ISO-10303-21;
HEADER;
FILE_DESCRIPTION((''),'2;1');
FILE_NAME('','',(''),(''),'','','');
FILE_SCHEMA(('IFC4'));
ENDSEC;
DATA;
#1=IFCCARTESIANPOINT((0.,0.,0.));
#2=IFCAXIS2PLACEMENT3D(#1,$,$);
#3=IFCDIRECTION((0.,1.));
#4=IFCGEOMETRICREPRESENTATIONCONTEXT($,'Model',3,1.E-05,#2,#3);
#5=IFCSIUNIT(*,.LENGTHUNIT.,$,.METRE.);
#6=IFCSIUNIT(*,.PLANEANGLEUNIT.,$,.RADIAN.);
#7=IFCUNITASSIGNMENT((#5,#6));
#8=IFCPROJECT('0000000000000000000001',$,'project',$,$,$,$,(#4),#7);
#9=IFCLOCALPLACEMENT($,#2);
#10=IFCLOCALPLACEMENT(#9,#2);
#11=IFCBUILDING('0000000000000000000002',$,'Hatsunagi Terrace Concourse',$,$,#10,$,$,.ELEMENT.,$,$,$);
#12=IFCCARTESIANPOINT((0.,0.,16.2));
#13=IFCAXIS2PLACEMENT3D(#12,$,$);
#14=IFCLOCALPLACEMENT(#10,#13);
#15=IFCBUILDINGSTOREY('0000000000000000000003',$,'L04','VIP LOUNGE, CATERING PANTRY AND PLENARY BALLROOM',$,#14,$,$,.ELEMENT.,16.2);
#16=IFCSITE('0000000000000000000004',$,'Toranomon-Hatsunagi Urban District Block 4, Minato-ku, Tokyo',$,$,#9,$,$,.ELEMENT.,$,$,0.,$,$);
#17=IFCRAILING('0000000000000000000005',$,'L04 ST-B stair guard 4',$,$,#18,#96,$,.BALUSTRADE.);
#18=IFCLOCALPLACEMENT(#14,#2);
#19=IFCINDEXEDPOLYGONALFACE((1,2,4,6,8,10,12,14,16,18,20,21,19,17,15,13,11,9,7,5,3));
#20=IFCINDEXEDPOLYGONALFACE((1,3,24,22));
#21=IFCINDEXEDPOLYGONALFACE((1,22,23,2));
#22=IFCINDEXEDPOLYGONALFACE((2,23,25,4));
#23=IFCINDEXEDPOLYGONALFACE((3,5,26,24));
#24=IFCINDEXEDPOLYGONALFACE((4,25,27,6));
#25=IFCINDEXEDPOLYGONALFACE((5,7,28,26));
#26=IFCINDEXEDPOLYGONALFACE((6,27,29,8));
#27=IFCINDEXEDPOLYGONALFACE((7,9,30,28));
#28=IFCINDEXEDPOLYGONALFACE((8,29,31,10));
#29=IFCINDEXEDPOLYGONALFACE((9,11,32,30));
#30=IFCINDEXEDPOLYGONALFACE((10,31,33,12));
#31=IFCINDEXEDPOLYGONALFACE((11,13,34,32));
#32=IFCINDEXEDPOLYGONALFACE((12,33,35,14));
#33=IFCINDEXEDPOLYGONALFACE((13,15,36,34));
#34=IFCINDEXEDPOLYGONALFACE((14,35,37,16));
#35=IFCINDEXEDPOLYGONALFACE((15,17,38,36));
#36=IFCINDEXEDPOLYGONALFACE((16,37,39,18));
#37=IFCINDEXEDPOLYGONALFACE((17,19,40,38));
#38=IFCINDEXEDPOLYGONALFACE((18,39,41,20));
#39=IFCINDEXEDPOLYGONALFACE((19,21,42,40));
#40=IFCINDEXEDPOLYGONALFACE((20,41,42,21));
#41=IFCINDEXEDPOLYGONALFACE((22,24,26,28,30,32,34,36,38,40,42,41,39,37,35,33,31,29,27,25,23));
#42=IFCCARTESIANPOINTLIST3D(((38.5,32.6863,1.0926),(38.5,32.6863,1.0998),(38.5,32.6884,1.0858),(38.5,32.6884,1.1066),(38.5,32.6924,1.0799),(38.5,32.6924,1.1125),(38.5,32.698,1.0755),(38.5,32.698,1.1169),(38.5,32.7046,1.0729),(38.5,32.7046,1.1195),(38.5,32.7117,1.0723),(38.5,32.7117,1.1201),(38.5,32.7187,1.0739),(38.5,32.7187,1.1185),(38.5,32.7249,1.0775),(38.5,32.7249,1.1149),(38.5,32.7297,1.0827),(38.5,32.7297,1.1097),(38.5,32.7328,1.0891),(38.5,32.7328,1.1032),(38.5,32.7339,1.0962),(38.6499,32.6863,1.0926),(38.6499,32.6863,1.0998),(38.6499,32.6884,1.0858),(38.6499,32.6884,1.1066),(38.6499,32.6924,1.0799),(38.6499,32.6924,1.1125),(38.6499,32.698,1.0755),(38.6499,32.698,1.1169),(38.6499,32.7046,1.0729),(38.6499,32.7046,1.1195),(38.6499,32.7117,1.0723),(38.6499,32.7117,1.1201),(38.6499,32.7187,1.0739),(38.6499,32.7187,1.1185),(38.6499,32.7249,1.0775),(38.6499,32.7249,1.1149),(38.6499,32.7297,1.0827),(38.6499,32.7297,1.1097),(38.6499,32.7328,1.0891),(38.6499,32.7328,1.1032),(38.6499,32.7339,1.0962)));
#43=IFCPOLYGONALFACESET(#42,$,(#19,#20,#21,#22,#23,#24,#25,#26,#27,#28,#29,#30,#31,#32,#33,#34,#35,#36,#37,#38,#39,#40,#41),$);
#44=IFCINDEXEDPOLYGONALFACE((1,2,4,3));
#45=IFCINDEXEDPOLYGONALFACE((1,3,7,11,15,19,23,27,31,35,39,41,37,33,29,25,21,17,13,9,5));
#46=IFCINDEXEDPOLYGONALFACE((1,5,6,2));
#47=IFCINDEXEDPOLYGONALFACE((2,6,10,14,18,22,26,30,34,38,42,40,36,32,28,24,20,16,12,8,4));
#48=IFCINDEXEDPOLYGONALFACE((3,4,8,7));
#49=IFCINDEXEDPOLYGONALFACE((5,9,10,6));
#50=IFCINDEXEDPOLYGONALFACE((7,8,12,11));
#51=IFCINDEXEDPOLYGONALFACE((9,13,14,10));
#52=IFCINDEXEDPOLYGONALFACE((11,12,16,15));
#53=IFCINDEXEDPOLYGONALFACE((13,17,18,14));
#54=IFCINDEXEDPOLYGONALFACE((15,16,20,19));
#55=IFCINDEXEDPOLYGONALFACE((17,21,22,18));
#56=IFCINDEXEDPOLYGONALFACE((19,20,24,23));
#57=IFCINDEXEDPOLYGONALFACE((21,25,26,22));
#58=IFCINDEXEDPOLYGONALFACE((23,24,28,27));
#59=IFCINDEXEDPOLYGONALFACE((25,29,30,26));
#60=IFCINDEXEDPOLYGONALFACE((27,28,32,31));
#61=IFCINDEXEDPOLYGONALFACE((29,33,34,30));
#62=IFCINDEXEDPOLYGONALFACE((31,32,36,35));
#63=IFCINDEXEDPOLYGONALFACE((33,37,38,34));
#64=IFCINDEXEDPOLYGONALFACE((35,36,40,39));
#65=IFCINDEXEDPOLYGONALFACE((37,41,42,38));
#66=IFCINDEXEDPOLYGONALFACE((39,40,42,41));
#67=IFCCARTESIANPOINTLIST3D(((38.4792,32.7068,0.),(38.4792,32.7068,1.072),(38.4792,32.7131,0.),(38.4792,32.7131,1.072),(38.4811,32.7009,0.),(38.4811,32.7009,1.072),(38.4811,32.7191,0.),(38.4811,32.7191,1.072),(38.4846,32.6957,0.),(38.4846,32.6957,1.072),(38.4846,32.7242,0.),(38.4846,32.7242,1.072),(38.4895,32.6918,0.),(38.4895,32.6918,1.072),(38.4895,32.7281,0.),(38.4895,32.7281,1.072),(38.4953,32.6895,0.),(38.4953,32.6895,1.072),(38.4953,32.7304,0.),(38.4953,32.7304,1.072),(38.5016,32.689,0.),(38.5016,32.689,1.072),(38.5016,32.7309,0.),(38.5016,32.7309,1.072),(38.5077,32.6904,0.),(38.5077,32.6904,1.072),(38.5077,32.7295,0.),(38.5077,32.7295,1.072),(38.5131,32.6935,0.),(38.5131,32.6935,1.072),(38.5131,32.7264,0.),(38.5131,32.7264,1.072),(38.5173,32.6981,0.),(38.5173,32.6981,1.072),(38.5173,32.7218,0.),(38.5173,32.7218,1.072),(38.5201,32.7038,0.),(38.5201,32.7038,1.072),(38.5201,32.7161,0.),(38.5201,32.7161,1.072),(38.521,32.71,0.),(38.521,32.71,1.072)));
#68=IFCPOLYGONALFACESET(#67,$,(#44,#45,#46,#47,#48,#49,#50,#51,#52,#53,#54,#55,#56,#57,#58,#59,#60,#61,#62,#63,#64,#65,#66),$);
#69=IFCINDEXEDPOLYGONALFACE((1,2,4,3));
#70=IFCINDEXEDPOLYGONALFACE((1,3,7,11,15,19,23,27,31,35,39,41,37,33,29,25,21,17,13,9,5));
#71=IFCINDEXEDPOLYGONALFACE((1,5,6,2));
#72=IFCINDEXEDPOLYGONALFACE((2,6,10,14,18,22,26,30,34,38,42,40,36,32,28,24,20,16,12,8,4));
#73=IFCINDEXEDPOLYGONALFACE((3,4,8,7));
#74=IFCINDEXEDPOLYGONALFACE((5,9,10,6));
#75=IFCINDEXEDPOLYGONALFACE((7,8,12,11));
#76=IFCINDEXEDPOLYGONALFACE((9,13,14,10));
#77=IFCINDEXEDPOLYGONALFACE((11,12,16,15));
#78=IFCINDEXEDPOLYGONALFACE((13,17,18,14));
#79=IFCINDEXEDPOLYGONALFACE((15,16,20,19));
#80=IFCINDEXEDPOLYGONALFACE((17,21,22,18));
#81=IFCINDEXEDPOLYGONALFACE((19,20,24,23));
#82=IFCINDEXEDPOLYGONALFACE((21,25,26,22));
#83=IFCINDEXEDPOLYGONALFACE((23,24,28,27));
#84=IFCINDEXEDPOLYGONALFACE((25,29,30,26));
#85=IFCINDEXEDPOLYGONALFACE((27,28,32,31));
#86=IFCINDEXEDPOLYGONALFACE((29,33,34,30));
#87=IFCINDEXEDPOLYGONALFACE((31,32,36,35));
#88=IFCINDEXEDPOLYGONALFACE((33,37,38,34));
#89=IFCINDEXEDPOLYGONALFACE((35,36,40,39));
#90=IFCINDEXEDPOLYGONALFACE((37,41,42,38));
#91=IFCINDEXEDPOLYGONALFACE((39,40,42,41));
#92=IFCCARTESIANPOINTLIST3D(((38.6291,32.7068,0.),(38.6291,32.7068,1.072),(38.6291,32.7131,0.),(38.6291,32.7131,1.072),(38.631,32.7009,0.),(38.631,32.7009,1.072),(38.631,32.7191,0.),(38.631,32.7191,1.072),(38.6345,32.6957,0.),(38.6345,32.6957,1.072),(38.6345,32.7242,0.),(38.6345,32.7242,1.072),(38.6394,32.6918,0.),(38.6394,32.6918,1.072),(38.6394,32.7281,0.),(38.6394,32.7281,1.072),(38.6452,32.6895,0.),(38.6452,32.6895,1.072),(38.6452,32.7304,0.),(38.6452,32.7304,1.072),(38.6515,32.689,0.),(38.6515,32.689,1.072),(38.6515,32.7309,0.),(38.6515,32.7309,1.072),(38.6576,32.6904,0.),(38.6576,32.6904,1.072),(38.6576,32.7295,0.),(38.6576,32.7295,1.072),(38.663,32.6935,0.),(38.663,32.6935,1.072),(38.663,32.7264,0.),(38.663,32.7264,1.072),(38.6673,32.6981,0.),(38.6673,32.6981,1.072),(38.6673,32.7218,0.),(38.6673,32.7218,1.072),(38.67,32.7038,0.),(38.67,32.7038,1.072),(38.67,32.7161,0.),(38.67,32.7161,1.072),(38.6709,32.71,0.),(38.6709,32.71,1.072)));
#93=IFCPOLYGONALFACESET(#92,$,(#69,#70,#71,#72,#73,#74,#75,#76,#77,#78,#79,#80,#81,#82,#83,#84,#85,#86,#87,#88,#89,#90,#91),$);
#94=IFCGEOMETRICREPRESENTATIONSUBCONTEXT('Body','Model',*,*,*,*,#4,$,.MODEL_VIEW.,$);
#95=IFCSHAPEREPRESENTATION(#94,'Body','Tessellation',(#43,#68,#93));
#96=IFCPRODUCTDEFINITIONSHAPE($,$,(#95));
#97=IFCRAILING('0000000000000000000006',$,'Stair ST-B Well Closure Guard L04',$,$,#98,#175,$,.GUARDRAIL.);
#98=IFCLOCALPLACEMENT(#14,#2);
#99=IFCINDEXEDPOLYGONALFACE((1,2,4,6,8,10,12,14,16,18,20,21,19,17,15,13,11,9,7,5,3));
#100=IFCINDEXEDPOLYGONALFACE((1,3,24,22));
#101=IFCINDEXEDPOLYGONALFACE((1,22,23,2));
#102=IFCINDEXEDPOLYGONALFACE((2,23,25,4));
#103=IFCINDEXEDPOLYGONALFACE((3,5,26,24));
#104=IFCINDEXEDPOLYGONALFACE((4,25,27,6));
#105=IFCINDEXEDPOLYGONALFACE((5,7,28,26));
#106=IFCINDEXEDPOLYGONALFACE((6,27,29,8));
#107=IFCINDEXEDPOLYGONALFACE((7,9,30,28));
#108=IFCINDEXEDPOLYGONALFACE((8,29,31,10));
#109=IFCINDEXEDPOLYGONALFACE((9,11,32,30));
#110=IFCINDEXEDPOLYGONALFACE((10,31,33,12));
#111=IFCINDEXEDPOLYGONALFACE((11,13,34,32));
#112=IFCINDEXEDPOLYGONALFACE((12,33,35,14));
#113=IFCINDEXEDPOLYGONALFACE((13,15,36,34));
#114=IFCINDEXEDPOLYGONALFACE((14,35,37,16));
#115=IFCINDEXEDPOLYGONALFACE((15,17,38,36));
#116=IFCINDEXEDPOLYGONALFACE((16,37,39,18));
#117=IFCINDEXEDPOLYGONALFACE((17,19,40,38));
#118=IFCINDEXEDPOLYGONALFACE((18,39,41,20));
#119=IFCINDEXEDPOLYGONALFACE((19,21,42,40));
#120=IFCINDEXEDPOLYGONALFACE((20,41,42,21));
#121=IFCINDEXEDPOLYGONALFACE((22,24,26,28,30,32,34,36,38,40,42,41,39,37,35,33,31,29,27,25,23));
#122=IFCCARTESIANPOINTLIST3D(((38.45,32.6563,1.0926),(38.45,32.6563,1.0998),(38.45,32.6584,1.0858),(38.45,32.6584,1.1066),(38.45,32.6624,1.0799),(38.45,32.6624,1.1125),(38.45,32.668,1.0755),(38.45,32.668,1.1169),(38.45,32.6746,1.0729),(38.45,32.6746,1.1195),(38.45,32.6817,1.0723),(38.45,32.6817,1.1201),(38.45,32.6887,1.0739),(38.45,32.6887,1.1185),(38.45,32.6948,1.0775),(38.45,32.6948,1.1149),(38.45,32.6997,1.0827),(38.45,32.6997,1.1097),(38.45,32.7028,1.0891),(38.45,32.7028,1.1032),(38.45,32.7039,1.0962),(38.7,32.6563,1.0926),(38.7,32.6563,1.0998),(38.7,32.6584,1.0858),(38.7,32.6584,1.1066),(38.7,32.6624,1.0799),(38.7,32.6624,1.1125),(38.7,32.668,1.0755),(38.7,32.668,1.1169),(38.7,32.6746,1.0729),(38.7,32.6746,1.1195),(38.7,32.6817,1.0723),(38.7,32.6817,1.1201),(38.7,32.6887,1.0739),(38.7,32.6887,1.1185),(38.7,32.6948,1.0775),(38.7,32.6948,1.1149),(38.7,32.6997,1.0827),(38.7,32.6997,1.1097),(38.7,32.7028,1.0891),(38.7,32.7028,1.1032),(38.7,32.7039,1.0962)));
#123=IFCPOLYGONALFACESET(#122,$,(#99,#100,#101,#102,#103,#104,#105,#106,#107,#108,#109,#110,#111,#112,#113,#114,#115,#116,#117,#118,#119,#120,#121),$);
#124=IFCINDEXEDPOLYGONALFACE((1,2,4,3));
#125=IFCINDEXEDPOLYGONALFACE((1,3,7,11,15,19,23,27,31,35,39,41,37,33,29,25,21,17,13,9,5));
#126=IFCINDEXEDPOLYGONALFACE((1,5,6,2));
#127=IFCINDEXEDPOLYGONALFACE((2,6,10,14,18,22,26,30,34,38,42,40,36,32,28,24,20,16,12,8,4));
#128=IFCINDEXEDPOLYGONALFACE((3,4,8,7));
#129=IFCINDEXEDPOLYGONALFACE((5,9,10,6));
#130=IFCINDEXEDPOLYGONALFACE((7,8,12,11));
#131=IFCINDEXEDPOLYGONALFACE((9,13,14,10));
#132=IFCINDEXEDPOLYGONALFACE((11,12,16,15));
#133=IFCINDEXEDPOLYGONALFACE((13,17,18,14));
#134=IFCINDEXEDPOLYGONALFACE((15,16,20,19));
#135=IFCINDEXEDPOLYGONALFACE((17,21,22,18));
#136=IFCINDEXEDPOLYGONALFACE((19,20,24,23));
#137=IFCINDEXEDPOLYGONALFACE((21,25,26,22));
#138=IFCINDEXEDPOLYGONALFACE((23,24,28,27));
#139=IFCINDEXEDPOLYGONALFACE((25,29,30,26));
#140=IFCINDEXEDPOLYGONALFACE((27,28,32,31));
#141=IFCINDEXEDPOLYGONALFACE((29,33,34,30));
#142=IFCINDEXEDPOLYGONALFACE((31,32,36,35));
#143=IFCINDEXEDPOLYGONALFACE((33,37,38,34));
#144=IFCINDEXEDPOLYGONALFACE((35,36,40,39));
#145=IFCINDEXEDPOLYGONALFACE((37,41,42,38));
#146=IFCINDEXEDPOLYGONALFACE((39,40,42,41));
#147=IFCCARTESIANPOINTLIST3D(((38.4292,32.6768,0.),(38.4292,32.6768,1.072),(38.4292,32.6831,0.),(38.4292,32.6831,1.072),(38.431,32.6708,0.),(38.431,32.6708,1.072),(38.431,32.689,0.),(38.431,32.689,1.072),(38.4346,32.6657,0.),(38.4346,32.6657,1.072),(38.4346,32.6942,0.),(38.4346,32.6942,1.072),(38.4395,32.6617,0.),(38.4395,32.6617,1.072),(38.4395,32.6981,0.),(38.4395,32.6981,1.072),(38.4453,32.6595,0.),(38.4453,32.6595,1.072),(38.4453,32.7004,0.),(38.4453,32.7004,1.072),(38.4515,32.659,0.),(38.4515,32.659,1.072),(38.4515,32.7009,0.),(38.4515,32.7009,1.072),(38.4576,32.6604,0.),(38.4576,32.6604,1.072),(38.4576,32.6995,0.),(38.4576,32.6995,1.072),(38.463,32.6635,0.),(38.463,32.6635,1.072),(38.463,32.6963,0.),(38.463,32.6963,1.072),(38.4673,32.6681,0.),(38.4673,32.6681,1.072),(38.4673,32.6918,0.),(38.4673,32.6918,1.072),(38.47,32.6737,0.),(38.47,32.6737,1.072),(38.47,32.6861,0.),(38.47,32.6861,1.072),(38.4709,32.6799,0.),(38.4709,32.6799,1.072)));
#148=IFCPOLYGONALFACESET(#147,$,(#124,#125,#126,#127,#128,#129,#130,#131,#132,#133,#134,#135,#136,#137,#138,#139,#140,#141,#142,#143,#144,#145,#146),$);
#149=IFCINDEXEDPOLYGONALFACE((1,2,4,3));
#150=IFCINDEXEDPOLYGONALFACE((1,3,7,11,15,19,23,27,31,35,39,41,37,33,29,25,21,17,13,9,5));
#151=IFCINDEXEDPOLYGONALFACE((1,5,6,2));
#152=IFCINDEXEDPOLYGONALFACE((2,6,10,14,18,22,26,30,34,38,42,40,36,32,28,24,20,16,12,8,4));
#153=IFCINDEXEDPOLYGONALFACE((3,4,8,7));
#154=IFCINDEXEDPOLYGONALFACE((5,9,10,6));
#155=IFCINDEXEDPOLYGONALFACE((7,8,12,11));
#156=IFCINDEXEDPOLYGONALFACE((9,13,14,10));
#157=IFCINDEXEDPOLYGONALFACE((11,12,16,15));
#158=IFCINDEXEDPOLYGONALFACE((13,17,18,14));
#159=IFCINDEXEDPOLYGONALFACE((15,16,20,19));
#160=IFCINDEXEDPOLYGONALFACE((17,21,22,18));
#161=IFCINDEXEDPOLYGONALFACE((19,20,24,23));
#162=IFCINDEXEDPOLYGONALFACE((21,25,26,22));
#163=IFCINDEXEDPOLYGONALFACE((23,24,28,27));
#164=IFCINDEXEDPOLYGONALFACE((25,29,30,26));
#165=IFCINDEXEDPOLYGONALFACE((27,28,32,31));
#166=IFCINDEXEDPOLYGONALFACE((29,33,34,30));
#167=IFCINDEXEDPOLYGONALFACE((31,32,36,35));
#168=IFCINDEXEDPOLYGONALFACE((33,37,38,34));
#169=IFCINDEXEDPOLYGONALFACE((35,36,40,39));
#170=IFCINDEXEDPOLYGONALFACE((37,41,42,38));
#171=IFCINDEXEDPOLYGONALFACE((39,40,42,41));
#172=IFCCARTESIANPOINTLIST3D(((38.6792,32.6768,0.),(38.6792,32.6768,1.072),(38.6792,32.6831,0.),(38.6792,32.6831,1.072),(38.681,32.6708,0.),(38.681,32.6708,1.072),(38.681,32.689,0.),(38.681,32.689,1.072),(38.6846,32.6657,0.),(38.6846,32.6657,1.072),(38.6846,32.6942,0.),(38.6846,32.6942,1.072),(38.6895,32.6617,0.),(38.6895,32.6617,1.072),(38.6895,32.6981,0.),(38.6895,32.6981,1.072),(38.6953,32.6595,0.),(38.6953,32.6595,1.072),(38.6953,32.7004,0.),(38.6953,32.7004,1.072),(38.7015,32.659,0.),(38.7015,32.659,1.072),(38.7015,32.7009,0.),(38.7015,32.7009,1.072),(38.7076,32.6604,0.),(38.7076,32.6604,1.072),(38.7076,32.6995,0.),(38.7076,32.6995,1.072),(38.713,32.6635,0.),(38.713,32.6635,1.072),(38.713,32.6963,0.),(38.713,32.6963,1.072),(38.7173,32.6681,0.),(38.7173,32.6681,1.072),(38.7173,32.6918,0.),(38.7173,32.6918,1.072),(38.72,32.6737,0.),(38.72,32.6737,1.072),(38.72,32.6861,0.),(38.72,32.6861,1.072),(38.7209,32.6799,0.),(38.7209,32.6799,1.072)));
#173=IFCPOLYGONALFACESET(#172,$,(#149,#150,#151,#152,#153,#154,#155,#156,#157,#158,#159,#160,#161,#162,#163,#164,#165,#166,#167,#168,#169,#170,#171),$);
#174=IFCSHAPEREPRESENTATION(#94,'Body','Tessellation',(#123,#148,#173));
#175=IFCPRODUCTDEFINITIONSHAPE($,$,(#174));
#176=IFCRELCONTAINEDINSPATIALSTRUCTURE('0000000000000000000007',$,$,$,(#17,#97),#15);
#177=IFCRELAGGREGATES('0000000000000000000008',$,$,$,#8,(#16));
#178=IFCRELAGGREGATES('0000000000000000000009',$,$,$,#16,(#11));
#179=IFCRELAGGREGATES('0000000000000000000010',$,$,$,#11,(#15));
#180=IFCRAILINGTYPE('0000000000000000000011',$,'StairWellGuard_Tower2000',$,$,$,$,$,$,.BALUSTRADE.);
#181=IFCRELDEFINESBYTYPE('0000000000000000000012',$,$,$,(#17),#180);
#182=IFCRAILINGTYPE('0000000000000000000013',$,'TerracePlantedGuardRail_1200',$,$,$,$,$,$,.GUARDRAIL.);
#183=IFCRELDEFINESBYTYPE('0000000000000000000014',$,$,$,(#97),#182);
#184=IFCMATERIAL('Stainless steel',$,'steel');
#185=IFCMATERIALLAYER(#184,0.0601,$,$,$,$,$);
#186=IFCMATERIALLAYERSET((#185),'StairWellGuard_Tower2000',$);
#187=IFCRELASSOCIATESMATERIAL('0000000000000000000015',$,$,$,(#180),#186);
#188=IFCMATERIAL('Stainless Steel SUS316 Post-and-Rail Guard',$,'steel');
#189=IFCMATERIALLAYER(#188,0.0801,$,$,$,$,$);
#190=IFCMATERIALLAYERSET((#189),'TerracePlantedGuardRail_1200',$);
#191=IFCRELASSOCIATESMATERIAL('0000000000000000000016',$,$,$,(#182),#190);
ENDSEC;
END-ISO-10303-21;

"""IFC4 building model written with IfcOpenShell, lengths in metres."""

from ifc_helpers import new_model, si_unit, direction, frame, origin, origin_2d, place, context, subcontext, project, spatial, circle, extrude, material, layer, layer_set, type_object, element, save


model = new_model("IFC4")

# Units and contexts
model_context = context("Model", 3, precision=1e-05, world=origin(), true_north=direction((0.0, 1.0)))
body_context = subcontext(model_context, "Body", "Model", "MODEL_VIEW")
ifc_project = project(units=[si_unit("LENGTHUNIT", "METRE"), si_unit("PLANEANGLEUNIT", "RADIAN")], contexts=[model_context])

# Site, building, storey
site_placement = place(None, origin())
site = spatial("IfcSite", under=ifc_project, at=site_placement, Name="Toranomon-Hatsunagi Urban District Block 4, Minato-ku, Tokyo", CompositionType="ELEMENT", RefElevation=0.0)
building_placement = place(site_placement, origin())
building = spatial("IfcBuilding", under=site, at=building_placement, Name="Hatsunagi Terrace Concourse", CompositionType="ELEMENT")
storey_placement = place(building_placement, frame((0.0, 0.0, 16.2)))
storey = spatial("IfcBuildingStorey", under=building, at=storey_placement, Name="L04", Description="VIP LOUNGE, CATERING PANTRY AND PLENARY BALLROOM", CompositionType="ELEMENT", Elevation=16.2)

# Railings
ifc_material_1 = material(Name="Stainless steel", Category="steel")
ifc_layer_1 = layer(ifc_material_1, 0.0601)
ifc_layer_set_1 = layer_set([ifc_layer_1], Name="StairWellGuard_Tower2000")
railing_type_1 = type_object("IfcRailingType", Name="StairWellGuard_Tower2000", PredefinedType="BALUSTRADE", material=ifc_layer_set_1)
railing_1_placement = place(storey_placement, frame((38.5, 32.71, 0.0)))
element("IfcRailing", 1, at=railing_1_placement, inside=storey, type_object=railing_type_1, Name="L04 ST-B stair guard 4", PredefinedType="BALUSTRADE", context=body_context, shape_type="SweptSolid", body=[
    extrude(circle(Radius=0.0239, at=origin_2d()), frame((0.0, 0.0, 1.0962), z_axis=(1.0, 0.0, 0.0), x_axis=(0.0, 1.0, 0.0)), (0.0, 0.0, 1.0), 0.1499),
    extrude(circle(Radius=0.021, at=origin_2d()), origin(), (0.0, 0.0, 1.0), 1.072),
    extrude(circle(Radius=0.021, at=origin_2d()), frame((0.1499, 0.0, 0.0)), (0.0, 0.0, 1.0), 1.072),
])
ifc_material_2 = material(Name="Stainless Steel SUS316 Post-and-Rail Guard", Category="steel")
ifc_layer_2 = layer(ifc_material_2, 0.0801)
ifc_layer_set_2 = layer_set([ifc_layer_2], Name="TerracePlantedGuardRail_1200")
railing_type_2 = type_object("IfcRailingType", Name="TerracePlantedGuardRail_1200", PredefinedType="GUARDRAIL", material=ifc_layer_set_2)
railing_2_placement = place(storey_placement, frame((38.45, 32.6799, 0.0)))
element("IfcRailing", 2, at=railing_2_placement, inside=storey, type_object=railing_type_2, Name="Stair ST-B Well Closure Guard L04", PredefinedType="GUARDRAIL", context=body_context, shape_type="SweptSolid", body=[
    extrude(circle(Radius=0.0239, at=origin_2d()), frame((0.0, 0.0, 1.0962), z_axis=(1.0, 0.0, 0.0), x_axis=(0.0, 1.0, 0.0)), (0.0, 0.0, 1.0), 0.25),
    extrude(circle(Radius=0.021, at=origin_2d()), origin(), (0.0, 0.0, 1.0), 1.072),
    extrude(circle(Radius=0.021, at=origin_2d()), frame((0.25, 0.0, 0.0)), (0.0, 0.0, 1.0), 1.072),
])

save(model, "model.ifc")
